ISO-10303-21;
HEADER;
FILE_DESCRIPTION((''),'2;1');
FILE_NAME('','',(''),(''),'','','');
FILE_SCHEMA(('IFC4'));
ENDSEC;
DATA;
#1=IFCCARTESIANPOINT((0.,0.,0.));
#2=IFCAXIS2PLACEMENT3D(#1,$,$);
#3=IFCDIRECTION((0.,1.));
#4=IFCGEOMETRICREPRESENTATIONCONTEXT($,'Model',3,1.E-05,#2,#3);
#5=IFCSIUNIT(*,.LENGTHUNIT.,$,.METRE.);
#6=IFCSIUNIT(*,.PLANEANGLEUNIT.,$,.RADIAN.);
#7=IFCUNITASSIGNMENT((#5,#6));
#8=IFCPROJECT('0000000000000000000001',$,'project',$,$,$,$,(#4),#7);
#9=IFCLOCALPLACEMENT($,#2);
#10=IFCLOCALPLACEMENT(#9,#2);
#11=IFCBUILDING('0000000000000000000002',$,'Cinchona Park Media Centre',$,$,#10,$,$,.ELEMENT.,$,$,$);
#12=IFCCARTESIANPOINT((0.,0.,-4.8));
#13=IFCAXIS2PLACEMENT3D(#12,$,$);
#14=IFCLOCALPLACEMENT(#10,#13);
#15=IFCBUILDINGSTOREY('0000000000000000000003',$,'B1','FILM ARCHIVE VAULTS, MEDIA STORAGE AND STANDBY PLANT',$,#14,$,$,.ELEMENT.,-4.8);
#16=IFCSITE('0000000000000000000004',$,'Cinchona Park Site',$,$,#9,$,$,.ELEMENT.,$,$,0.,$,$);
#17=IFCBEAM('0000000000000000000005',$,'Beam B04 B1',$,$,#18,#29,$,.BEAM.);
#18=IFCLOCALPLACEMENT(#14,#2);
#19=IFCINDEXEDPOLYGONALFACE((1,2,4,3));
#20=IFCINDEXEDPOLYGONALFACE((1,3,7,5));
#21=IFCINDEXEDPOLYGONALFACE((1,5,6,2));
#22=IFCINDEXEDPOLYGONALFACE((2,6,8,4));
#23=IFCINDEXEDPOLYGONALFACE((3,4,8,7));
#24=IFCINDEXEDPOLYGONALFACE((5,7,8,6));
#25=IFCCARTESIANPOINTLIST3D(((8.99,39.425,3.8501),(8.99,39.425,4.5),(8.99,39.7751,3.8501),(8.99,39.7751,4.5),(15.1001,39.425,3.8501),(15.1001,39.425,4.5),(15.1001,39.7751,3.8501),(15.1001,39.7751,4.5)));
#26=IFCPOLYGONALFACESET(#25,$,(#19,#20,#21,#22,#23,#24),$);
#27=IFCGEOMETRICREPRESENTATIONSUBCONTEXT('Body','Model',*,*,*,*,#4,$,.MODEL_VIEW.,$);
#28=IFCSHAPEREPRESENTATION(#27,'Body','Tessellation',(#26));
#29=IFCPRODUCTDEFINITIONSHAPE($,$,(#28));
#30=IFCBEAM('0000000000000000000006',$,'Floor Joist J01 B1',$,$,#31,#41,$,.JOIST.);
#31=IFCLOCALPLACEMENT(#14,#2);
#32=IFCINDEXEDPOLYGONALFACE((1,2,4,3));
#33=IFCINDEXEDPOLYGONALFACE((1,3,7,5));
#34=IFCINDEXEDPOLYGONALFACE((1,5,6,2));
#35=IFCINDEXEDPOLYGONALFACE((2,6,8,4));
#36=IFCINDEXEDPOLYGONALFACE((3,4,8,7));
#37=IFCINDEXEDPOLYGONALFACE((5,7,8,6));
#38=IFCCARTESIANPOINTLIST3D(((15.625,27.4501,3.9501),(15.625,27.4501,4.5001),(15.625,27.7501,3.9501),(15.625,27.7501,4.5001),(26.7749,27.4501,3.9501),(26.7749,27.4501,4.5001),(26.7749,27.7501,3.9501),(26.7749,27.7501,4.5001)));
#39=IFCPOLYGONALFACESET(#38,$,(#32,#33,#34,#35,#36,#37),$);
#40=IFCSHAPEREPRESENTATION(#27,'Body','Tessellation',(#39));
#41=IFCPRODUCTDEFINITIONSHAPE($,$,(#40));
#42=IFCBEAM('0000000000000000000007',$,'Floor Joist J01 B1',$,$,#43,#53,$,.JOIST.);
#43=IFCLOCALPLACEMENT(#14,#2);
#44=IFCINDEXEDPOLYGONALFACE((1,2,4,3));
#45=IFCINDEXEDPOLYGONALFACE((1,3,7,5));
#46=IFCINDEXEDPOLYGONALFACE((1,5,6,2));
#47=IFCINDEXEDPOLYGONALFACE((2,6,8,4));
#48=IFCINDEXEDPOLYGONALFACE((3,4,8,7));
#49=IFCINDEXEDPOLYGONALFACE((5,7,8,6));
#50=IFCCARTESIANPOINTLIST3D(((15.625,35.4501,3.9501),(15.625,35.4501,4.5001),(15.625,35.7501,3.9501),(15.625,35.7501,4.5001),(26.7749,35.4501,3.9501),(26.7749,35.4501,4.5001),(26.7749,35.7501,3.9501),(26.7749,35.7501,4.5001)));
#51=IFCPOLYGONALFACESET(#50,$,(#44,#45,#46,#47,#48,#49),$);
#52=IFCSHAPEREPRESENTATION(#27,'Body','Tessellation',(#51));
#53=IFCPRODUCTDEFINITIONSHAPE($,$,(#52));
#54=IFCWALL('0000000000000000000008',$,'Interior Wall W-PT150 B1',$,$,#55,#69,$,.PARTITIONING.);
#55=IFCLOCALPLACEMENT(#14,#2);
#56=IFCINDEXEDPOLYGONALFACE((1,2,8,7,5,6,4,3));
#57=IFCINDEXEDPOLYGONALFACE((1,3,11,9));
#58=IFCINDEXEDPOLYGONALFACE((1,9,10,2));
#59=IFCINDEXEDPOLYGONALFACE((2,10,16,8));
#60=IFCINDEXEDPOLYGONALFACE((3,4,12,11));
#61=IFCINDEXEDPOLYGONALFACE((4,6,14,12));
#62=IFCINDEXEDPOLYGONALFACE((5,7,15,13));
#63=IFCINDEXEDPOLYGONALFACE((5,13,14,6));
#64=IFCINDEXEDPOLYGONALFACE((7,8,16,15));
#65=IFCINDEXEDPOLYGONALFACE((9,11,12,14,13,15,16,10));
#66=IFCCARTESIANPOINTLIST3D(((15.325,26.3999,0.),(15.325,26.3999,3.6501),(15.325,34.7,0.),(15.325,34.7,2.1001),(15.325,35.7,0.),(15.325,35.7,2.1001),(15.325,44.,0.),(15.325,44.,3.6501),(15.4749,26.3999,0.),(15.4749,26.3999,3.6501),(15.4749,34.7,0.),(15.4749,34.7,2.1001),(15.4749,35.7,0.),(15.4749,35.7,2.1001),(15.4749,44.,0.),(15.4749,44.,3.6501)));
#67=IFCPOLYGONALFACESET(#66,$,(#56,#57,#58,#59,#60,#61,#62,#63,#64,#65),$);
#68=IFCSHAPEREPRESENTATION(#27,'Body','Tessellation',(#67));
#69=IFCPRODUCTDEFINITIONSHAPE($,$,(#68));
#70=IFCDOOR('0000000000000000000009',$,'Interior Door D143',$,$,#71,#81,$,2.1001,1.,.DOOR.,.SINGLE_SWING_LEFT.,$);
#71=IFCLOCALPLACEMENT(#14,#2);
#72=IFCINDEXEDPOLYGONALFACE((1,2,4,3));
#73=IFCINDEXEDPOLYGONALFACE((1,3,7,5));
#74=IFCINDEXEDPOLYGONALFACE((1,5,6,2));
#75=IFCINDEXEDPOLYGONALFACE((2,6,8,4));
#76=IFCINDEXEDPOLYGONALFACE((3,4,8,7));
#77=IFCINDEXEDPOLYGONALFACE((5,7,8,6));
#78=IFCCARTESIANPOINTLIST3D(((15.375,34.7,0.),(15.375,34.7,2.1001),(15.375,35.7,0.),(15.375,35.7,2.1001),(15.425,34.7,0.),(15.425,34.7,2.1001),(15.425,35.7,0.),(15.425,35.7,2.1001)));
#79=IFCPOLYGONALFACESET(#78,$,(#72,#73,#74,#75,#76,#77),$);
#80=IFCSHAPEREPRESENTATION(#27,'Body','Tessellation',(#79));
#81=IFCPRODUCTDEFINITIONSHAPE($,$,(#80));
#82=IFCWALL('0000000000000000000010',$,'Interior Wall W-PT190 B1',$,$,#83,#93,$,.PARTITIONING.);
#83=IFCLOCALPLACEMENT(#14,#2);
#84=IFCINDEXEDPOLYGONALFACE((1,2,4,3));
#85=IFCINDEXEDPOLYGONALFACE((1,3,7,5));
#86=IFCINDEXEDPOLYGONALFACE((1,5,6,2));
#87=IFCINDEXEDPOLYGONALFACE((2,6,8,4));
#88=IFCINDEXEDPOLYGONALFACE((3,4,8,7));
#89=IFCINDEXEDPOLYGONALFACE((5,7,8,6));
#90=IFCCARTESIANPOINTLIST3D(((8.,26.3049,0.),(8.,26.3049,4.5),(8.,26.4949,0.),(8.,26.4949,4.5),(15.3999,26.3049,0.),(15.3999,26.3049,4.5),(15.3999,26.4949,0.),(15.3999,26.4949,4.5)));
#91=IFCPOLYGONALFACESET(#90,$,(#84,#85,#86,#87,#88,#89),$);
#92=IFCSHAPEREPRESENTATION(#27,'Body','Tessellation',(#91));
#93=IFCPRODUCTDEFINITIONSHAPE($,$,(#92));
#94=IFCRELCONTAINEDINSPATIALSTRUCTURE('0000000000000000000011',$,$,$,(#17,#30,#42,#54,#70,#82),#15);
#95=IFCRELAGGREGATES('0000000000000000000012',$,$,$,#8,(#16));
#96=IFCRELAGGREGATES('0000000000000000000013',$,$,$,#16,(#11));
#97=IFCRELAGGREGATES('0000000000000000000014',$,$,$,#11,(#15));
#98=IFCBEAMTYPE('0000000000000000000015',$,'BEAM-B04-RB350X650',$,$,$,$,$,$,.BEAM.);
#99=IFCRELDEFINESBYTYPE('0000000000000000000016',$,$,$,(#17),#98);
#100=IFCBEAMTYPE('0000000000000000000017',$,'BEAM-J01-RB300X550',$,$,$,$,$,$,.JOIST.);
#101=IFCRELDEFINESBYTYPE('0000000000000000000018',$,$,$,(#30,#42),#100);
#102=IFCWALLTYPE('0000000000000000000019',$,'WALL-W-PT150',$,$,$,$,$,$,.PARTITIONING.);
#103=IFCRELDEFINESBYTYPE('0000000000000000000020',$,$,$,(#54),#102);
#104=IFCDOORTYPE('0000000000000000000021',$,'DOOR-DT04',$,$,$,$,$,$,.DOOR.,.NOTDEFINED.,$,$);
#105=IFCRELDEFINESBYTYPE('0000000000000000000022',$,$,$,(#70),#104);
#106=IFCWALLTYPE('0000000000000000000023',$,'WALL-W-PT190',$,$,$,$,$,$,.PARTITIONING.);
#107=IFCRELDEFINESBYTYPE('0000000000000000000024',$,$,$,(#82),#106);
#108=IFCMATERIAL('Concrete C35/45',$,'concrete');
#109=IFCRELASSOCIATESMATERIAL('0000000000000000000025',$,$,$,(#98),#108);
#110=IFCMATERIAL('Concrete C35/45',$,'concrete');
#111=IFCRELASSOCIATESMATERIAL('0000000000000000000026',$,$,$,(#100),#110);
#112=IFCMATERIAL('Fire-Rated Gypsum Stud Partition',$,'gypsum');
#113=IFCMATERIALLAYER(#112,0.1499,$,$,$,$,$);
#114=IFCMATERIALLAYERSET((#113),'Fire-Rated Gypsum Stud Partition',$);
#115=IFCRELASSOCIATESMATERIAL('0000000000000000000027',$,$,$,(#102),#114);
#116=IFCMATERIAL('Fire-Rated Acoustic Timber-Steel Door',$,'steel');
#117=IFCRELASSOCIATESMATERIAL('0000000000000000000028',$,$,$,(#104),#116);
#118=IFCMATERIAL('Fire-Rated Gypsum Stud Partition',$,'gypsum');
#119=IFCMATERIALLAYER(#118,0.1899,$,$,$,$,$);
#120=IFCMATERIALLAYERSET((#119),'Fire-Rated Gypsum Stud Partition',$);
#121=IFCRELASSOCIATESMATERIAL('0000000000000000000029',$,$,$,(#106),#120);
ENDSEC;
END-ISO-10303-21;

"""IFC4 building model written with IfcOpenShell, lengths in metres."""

from ifc_helpers import new_model, si_unit, direction, frame, frame_2d, origin, origin_2d, place, context, subcontext, project, spatial, rectangle, extrude, material, layer, layer_set, material_profile, profile_set, type_object, element, fill, save


model = new_model("IFC4")

# Units and contexts
model_context = context("Model", 3, precision=1e-05, world=origin(), true_north=direction((0.0, 1.0)))
body_context = subcontext(model_context, "Body", "Model", "MODEL_VIEW")
ifc_project = project(units=[si_unit("LENGTHUNIT", "METRE"), si_unit("PLANEANGLEUNIT", "RADIAN")], contexts=[model_context])

# Site, building, storey
site_placement = place(None, origin())
site = spatial("IfcSite", under=ifc_project, at=site_placement, Name="Cinchona Park Site", CompositionType="ELEMENT", RefElevation=0.0)
building_placement = place(site_placement, origin())
building = spatial("IfcBuilding", under=site, at=building_placement, Name="Cinchona Park Media Centre", CompositionType="ELEMENT")
storey_placement = place(building_placement, frame((0.0, 0.0, -4.8)))
storey = spatial("IfcBuildingStorey", under=building, at=storey_placement, Name="B1", Description="FILM ARCHIVE VAULTS, MEDIA STORAGE AND STANDBY PLANT", CompositionType="ELEMENT", Elevation=-4.8)

# Beams
ifc_material_1 = material(Name="Concrete C35/45", Category="concrete")
ifc_material_profile_1 = material_profile(ifc_material_1, rectangle(XDim=0.3501, YDim=0.6499, at=origin_2d()), Name="RB 350X650")
ifc_profile_set_1 = profile_set([ifc_material_profile_1], Name="Concrete C35/45")
beam_type_1 = type_object("IfcBeamType", Name="BEAM-B04-RB350X650", PredefinedType="BEAM", material=ifc_profile_set_1)
for number, where, z_axis, x_axis, name in (
    (1, (8.99, 39.6001, 4.175), (1.0, 0.0, 0.0), (0.0, 1.0, 0.0), "Beam B04 B1"),
):
    element("IfcBeam", number, at=place(storey_placement, frame(where, z_axis=z_axis, x_axis=x_axis)), inside=storey, type_object=beam_type_1, Name=name, PredefinedType="BEAM", context=body_context, shape_type="SweptSolid", body=[
        extrude(rectangle(XDim=0.3501, YDim=0.6499, at=origin_2d()), origin(), (0.0, 0.0, 1.0), 6.1101),
    ])
ifc_material_2 = material(Name="Concrete C35/45", Category="concrete")
ifc_material_profile_2 = material_profile(ifc_material_2, rectangle(XDim=0.3, YDim=0.55, at=origin_2d()), Name="RB 300X550")
ifc_profile_set_2 = profile_set([ifc_material_profile_2], Name="Concrete C35/45")
beam_type_2 = type_object("IfcBeamType", Name="BEAM-J01-RB300X550", PredefinedType="JOIST", material=ifc_profile_set_2)
for number, where, z_axis, x_axis, name in (
    (2, (15.625, 27.6001, 4.2251), (1.0, 0.0, 0.0), (0.0, 1.0, 0.0), "Floor Joist J01 B1"),
    (3, (15.625, 35.6001, 4.2251), (1.0, 0.0, 0.0), (0.0, 1.0, 0.0), "Floor Joist J01 B1"),
):
    element("IfcBeam", number, at=place(storey_placement, frame(where, z_axis=z_axis, x_axis=x_axis)), inside=storey, type_object=beam_type_2, Name=name, PredefinedType="JOIST", context=body_context, shape_type="SweptSolid", body=[
        extrude(rectangle(XDim=0.3, YDim=0.55, at=origin_2d()), origin(), (0.0, 0.0, 1.0), 11.1499),
    ])

# Wall, opening, door
ifc_material_3 = material(Name="Fire-Rated Gypsum Stud Partition", Category="gypsum")
ifc_layer_1 = layer(ifc_material_3, 0.1499)
ifc_layer_set_1 = layer_set([ifc_layer_1], Name="Fire-Rated Gypsum Stud Partition")
wall_type_1 = type_object("IfcWallType", Name="WALL-W-PT150", PredefinedType="PARTITIONING", material=ifc_layer_set_1)
wall_1_placement = place(storey_placement, frame((15.3999, 26.3999, 0.0), z_axis=(0.0, 0.0, 1.0), x_axis=(0.0, 1.0, 0.0)))
wall_1 = element("IfcWall", 4, at=wall_1_placement, inside=storey, type_object=wall_type_1, Name="Interior Wall W-PT150 B1", PredefinedType="PARTITIONING", context=body_context, shape_type="SweptSolid", body=[
    extrude(rectangle(XDim=17.6001, YDim=0.1499, at=frame_2d((8.8, 0.0))), origin(), (0.0, 0.0, 1.0), 3.6501),
])
opening_placement = place(wall_1_placement, frame((8.3, 0.0, 0.0)))
opening = element("IfcOpeningElement", 5, at=opening_placement, cuts=wall_1, PredefinedType="OPENING", context=body_context, shape_type="SweptSolid", body=[
    extrude(rectangle(XDim=1.0, YDim=2.1001, at=frame_2d((0.5, 1.05))), frame((0.0, 0.085, 0.0), z_axis=(0.0, -1.0, 0.0), x_axis=(1.0, 0.0, 0.0)), (0.0, 0.0, 1.0), 0.1699),
])
ifc_material_4 = material(Name="Fire-Rated Acoustic Timber-Steel Door", Category="steel")
door_type = type_object("IfcDoorType", Name="DOOR-DT04", OperationType="NOTDEFINED", PredefinedType="DOOR", material=ifc_material_4)
door_placement = place(opening_placement, origin())
door = element("IfcDoor", 6, at=door_placement, inside=storey, type_object=door_type, Name="Interior Door D143", OperationType="SINGLE_SWING_LEFT", OverallHeight=2.1001, OverallWidth=1.0, PredefinedType="DOOR", context=body_context, shape_type="SweptSolid", body=[
    extrude(rectangle(XDim=1.0, YDim=2.1001, at=frame_2d((0.5, 1.05))), frame((0.0, 0.0249, 0.0), z_axis=(0.0, -1.0, 0.0), x_axis=(1.0, 0.0, 0.0)), (0.0, 0.0, 1.0), 0.05),
])
fill(opening, door)

# Wall
ifc_material_5 = material(Name="Fire-Rated Gypsum Stud Partition", Category="gypsum")
ifc_layer_2 = layer(ifc_material_5, 0.1899)
ifc_layer_set_2 = layer_set([ifc_layer_2], Name="Fire-Rated Gypsum Stud Partition")
wall_type_2 = type_object("IfcWallType", Name="WALL-W-PT190", PredefinedType="PARTITIONING", material=ifc_layer_set_2)
wall_2_placement = place(storey_placement, frame((8.0, 26.3999, 0.0), z_axis=(0.0, 0.0, 1.0), x_axis=(1.0, 0.0, 0.0)))
element("IfcWall", 7, at=wall_2_placement, inside=storey, type_object=wall_type_2, Name="Interior Wall W-PT190 B1", PredefinedType="PARTITIONING", context=body_context, shape_type="SweptSolid", body=[
    extrude(rectangle(XDim=7.3999, YDim=0.1899, at=frame_2d((3.7, 0.0))), origin(), (0.0, 0.0, 1.0), 4.5),
])

save(model, "model.ifc")
